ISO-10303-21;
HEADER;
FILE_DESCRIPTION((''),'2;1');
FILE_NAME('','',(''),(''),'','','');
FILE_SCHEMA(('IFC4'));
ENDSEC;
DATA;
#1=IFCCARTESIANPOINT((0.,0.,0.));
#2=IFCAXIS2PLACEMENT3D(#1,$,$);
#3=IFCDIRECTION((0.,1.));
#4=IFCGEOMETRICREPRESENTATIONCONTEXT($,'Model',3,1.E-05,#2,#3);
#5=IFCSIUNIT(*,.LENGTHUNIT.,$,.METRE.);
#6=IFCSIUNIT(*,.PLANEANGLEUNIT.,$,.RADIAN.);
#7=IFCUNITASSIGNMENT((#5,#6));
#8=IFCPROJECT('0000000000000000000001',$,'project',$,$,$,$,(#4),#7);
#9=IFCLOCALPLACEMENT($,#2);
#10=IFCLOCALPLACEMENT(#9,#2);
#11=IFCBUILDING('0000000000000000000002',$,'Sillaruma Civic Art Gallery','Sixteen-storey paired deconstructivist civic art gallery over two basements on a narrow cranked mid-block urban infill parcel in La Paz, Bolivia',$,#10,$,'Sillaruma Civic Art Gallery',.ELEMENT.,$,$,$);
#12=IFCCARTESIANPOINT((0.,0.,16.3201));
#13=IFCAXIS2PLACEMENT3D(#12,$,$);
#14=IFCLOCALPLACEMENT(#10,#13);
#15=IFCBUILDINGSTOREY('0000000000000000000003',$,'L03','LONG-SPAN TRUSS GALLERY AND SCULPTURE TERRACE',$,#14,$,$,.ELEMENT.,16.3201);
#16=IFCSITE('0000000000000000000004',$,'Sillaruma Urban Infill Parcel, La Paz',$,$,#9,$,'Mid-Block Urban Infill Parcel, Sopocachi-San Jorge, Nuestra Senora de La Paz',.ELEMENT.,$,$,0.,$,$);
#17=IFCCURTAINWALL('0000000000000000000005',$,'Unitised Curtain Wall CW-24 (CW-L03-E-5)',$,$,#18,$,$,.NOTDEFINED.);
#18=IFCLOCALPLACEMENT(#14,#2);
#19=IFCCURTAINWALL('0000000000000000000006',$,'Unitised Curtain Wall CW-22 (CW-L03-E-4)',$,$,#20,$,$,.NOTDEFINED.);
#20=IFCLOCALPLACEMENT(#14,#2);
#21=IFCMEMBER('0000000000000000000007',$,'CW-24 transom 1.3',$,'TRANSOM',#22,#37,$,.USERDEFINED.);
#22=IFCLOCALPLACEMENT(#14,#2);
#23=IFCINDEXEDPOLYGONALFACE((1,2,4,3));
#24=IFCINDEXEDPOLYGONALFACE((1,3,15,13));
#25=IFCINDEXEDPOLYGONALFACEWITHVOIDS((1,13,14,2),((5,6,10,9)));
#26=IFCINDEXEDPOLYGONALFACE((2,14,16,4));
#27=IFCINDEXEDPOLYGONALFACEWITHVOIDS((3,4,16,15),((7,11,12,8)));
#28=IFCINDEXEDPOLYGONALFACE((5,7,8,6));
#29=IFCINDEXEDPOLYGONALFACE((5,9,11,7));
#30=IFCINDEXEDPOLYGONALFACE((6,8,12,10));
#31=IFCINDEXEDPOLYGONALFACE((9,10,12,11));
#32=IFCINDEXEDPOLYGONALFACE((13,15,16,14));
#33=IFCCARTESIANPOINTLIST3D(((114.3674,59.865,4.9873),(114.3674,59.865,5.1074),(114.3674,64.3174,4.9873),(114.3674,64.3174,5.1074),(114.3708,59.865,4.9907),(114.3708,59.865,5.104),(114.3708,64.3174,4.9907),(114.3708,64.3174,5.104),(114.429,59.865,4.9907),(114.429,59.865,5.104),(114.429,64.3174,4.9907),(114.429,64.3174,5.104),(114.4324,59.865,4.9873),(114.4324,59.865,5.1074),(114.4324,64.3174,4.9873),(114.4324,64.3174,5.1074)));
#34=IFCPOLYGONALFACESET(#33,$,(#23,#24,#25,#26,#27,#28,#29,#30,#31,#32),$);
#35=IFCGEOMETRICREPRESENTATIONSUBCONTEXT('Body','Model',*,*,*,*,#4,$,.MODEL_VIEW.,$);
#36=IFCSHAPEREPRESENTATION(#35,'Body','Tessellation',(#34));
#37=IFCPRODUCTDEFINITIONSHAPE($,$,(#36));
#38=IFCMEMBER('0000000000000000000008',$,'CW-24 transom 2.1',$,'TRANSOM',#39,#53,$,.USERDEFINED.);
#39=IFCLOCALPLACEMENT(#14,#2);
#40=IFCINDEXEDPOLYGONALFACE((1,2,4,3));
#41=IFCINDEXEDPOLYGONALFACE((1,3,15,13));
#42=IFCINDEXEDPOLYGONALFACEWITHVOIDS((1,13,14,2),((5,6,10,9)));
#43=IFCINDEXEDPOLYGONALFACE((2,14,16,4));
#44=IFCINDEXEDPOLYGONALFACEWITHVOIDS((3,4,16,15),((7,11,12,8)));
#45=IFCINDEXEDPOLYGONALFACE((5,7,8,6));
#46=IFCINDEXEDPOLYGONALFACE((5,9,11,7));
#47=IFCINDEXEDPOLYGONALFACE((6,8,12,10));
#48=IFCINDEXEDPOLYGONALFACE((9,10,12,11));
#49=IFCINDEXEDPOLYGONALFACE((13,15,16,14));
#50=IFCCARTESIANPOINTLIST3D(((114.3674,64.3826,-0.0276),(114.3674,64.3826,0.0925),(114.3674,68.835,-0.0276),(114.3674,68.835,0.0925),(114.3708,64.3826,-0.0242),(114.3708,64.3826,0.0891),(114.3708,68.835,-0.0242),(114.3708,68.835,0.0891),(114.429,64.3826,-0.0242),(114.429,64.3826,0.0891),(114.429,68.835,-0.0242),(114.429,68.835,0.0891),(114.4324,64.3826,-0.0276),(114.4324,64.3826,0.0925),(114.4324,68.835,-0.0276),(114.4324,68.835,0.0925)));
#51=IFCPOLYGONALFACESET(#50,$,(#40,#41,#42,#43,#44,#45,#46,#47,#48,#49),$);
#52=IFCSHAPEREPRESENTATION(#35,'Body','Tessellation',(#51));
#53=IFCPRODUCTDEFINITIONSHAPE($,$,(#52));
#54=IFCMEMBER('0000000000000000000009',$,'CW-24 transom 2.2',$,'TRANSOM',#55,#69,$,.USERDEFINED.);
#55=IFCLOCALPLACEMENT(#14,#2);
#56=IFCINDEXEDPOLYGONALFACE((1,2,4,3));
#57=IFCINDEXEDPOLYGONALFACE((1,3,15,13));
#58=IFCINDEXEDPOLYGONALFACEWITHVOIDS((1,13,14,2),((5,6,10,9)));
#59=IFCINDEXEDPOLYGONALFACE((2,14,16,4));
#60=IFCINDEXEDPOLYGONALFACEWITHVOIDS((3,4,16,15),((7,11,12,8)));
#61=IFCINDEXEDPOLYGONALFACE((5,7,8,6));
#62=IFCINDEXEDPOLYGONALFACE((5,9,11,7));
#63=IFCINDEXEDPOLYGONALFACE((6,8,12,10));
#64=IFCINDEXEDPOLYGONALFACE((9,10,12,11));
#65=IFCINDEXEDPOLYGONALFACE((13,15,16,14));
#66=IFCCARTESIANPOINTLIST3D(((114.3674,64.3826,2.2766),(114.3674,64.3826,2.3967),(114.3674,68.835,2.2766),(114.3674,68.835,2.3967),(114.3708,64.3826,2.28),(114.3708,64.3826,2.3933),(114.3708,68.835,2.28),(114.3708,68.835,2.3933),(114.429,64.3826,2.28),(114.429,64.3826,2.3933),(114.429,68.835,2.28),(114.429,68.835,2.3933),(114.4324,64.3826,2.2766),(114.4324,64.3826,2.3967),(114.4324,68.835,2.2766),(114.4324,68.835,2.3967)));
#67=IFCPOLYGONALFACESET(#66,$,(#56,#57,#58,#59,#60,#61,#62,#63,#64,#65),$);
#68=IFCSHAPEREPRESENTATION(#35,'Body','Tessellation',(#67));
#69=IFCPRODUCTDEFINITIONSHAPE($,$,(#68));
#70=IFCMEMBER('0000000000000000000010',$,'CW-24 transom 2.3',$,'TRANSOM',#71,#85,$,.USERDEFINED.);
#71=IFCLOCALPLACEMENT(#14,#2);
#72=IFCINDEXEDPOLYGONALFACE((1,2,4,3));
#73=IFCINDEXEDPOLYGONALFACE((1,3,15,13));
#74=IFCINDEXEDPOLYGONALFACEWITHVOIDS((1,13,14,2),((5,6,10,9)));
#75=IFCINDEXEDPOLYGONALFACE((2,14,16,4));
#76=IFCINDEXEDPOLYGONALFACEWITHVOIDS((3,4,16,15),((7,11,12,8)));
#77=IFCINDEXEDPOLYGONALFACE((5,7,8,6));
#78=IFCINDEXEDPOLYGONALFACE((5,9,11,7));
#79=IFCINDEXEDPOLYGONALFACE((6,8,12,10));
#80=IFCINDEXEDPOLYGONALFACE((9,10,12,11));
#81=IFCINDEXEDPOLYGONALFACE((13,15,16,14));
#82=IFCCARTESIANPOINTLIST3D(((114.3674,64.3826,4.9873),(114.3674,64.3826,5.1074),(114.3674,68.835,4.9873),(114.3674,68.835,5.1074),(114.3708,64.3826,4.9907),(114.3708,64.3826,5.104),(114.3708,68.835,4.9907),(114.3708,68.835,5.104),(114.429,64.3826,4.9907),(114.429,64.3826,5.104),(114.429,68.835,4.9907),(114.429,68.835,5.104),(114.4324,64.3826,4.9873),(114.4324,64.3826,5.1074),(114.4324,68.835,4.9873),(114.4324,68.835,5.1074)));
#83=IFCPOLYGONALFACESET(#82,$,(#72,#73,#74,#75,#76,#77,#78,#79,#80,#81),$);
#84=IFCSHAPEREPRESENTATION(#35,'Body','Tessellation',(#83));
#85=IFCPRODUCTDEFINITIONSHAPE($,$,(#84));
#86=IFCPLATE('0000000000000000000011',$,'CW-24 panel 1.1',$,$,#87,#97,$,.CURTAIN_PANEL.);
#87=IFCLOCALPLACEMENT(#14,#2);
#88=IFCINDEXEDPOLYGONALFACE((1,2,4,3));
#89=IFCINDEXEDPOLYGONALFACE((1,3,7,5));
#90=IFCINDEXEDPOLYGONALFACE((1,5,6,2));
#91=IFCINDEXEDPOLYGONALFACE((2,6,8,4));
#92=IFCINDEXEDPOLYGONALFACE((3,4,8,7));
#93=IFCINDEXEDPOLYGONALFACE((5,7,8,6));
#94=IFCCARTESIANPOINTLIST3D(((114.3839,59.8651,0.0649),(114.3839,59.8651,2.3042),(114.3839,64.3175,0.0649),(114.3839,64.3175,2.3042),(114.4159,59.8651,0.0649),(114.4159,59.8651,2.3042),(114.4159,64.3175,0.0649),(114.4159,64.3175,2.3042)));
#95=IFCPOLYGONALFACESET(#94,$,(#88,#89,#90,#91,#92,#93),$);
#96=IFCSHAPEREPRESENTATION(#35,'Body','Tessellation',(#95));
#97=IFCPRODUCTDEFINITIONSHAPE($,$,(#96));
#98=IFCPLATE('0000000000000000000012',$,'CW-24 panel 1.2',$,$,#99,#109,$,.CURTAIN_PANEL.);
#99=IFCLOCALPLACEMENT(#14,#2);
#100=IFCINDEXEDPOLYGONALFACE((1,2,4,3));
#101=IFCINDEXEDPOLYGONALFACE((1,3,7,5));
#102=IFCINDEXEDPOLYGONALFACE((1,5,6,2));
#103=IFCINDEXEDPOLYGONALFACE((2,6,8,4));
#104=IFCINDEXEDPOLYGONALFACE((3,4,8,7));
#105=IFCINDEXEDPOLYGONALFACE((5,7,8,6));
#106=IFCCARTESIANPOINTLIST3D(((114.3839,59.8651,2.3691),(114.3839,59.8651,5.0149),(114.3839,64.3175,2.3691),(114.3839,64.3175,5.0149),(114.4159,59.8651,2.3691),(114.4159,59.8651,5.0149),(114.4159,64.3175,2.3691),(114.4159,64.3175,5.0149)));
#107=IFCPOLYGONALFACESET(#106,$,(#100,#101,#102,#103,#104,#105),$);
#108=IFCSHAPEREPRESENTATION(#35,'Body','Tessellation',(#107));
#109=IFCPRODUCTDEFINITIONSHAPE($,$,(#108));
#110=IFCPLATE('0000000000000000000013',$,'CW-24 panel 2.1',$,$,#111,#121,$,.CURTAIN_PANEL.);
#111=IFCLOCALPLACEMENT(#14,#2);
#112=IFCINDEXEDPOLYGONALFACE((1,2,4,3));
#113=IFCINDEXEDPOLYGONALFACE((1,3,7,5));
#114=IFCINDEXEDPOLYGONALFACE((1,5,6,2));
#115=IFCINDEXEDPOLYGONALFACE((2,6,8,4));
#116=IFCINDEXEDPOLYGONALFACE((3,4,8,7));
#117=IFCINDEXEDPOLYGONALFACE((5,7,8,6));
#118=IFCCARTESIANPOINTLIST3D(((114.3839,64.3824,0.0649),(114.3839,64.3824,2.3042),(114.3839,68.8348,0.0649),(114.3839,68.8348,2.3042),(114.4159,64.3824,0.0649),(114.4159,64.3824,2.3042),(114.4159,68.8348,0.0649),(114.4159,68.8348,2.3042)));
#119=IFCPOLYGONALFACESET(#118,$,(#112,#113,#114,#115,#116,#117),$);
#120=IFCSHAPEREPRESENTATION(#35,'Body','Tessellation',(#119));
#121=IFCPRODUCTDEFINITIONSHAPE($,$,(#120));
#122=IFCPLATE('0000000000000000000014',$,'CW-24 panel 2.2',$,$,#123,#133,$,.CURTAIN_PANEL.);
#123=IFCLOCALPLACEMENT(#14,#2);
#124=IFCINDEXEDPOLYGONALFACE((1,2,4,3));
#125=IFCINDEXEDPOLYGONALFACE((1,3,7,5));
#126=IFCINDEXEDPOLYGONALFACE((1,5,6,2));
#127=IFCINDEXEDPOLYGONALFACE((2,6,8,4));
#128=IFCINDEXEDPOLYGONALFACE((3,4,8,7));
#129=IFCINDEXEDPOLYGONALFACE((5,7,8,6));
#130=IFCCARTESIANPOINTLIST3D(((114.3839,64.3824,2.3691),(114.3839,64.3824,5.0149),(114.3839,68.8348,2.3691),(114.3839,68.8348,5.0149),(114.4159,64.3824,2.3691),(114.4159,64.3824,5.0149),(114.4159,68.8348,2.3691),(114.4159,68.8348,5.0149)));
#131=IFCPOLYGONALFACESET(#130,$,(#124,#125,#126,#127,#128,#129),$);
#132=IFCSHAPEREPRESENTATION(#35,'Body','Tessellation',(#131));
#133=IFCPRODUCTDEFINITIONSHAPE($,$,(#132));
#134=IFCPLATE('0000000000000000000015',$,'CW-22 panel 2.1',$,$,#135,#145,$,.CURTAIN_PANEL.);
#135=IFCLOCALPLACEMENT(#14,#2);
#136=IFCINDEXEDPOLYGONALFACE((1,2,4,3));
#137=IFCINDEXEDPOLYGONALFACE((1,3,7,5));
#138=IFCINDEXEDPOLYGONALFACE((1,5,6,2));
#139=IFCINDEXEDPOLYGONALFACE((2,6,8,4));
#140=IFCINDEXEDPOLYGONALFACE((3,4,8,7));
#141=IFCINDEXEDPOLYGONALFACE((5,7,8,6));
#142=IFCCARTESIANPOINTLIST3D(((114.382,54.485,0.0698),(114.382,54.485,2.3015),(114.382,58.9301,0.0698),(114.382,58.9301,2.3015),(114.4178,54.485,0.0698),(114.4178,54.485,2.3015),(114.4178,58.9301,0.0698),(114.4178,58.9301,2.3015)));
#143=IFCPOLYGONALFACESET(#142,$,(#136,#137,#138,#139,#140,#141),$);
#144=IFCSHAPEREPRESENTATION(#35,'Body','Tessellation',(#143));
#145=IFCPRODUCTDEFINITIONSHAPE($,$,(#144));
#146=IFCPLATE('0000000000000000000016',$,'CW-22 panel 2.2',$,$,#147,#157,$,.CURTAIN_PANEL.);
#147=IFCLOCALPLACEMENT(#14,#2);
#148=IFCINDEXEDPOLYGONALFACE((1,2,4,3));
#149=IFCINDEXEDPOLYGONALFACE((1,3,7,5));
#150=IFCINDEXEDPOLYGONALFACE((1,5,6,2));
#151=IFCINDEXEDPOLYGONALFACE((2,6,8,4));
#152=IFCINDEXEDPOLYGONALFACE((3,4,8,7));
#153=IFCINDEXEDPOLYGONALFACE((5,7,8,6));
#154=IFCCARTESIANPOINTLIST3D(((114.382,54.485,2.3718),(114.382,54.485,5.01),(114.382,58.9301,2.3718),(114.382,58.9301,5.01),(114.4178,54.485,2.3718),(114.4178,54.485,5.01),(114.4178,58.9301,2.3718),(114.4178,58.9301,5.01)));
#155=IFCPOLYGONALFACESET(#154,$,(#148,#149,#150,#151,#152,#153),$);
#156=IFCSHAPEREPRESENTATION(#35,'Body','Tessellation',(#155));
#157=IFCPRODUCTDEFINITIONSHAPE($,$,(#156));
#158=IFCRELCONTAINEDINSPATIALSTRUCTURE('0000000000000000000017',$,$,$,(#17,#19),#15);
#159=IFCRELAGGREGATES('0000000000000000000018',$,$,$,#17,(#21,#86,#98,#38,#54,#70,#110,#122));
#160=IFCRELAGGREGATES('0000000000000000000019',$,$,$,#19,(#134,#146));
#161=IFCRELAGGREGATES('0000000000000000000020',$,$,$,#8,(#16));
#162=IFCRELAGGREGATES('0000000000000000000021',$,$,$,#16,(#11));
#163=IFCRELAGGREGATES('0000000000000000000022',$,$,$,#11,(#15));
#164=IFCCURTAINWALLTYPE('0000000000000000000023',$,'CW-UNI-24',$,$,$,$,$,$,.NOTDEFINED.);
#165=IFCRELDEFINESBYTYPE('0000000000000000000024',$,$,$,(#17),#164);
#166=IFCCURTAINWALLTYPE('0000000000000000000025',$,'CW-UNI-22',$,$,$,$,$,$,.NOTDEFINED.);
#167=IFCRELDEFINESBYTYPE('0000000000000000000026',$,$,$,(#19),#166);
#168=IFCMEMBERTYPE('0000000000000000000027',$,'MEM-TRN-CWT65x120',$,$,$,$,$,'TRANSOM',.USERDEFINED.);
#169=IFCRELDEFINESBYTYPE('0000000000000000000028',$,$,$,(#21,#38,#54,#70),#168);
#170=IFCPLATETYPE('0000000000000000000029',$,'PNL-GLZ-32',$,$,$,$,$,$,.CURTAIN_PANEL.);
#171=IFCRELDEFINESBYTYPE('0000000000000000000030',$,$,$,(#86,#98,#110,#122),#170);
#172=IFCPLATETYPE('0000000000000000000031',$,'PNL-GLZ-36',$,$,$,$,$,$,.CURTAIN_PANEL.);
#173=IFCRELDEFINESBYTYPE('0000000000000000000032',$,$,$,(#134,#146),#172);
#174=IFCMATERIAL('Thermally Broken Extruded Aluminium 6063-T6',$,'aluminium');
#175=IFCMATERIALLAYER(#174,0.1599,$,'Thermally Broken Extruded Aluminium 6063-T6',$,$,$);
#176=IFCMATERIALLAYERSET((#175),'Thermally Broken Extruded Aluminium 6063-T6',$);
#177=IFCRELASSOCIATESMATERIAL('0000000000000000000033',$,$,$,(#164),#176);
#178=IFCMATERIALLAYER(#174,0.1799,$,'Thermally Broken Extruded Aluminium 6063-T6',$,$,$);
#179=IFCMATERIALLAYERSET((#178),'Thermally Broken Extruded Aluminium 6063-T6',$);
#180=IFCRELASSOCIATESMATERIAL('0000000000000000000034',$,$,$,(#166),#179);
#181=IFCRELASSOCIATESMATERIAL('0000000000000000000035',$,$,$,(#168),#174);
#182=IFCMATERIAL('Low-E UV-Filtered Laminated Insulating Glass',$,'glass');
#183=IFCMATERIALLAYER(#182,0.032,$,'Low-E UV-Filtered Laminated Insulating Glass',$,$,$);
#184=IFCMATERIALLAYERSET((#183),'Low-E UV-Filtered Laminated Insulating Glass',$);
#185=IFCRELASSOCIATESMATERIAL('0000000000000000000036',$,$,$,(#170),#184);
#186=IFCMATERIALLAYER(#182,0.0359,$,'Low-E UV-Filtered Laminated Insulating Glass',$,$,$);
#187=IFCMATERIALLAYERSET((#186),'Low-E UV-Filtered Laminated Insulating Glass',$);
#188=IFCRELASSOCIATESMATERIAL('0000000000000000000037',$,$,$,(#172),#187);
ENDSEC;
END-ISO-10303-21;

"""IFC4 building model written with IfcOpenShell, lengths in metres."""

from ifc_helpers import new_model, si_unit, direction, frame, origin, origin_2d, place, context, subcontext, project, spatial, rectangle, hollow_rectangle, extrude, material, layer, layer_set, material_profile, profile_set, type_object, element, aggregate, save


model = new_model("IFC4")

# Units and contexts
model_context = context("Model", 3, precision=1e-05, world=origin(), true_north=direction((0.0, 1.0)))
body_context = subcontext(model_context, "Body", "Model", "MODEL_VIEW")
ifc_project = project(units=[si_unit("LENGTHUNIT", "METRE"), si_unit("PLANEANGLEUNIT", "RADIAN")], contexts=[model_context])

# Site, building, storey
site_placement = place(None, origin())
site = spatial("IfcSite", under=ifc_project, at=site_placement, Name="Sillaruma Urban Infill Parcel, La Paz", LongName="Mid-Block Urban Infill Parcel, Sopocachi-San Jorge, Nuestra Senora de La Paz", CompositionType="ELEMENT", RefElevation=0.0)
building_placement = place(site_placement, origin())
building = spatial("IfcBuilding", under=site, at=building_placement, Name="Sillaruma Civic Art Gallery", Description="Sixteen-storey paired deconstructivist civic art gallery over two basements on a narrow cranked mid-block urban infill parcel in La Paz, Bolivia", LongName="Sillaruma Civic Art Gallery", CompositionType="ELEMENT")
storey_placement = place(building_placement, frame((0.0, 0.0, 16.3201)))
storey = spatial("IfcBuildingStorey", under=building, at=storey_placement, Name="L03", Description="LONG-SPAN TRUSS GALLERY AND SCULPTURE TERRACE", CompositionType="ELEMENT", Elevation=16.3201)

# Curtain wall
ifc_material_1 = material(Name="Thermally Broken Extruded Aluminium 6063-T6", Category="aluminium")
ifc_layer_1 = layer(ifc_material_1, 0.1599, Name="Thermally Broken Extruded Aluminium 6063-T6")
ifc_layer_set_1 = layer_set([ifc_layer_1], Name="Thermally Broken Extruded Aluminium 6063-T6")
curtain_wall_type_1 = type_object("IfcCurtainWallType", Name="CW-UNI-24", PredefinedType="NOTDEFINED", material=ifc_layer_set_1)
curtain_wall_1_placement = place(storey_placement, origin())
curtain_wall_1 = element("IfcCurtainWall", 1, at=curtain_wall_1_placement, inside=storey, type_object=curtain_wall_type_1, Name="Unitised Curtain Wall CW-24 (CW-L03-E-5)", PredefinedType="NOTDEFINED")

# Curtain wall
ifc_layer_2 = layer(ifc_material_1, 0.1799, Name="Thermally Broken Extruded Aluminium 6063-T6")
ifc_layer_set_2 = layer_set([ifc_layer_2], Name="Thermally Broken Extruded Aluminium 6063-T6")
curtain_wall_type_2 = type_object("IfcCurtainWallType", Name="CW-UNI-22", PredefinedType="NOTDEFINED", material=ifc_layer_set_2)
curtain_wall_2_placement = place(storey_placement, origin())
curtain_wall_2 = element("IfcCurtainWall", 2, at=curtain_wall_2_placement, inside=storey, type_object=curtain_wall_type_2, Name="Unitised Curtain Wall CW-22 (CW-L03-E-4)", PredefinedType="NOTDEFINED")

# Members
ifc_material_profile_1 = material_profile(ifc_material_1, hollow_rectangle(XDim=0.0649, YDim=0.1201, WallThickness=0.0034, at=origin_2d()), Name="CWT65x120")
ifc_profile_set_1 = profile_set([ifc_material_profile_1], Name="Thermally Broken Extruded Aluminium 6063-T6")
member_type_1 = type_object("IfcMemberType", Name="MEM-TRN-CWT65x120", ElementType="TRANSOM", PredefinedType="USERDEFINED", material=ifc_profile_set_1)
member_1_placement = place(storey_placement, frame((114.3999, 59.865, 5.0474), z_axis=(0.0, 1.0, 0.0), x_axis=(-1.0, 0.0, 0.0)))
member_1 = element("IfcMember", 3, at=member_1_placement, type_object=member_type_1, Name="CW-24 transom 1.3", ObjectType="TRANSOM", PredefinedType="USERDEFINED", context=body_context, shape_type="SweptSolid", body=[
    extrude(hollow_rectangle(XDim=0.0649, YDim=0.1201, WallThickness=0.0034, at=origin_2d()), origin(), (0.0, 0.0, 1.0), 4.4524),
])
member_2_placement = place(storey_placement, frame((114.3999, 64.3826, 0.0325), z_axis=(0.0, 1.0, 0.0), x_axis=(-1.0, 0.0, 0.0)))
member_2 = element("IfcMember", 4, at=member_2_placement, type_object=member_type_1, Name="CW-24 transom 2.1", ObjectType="TRANSOM", PredefinedType="USERDEFINED", context=body_context, shape_type="SweptSolid", body=[
    extrude(hollow_rectangle(XDim=0.0649, YDim=0.1201, WallThickness=0.0034, at=origin_2d()), origin(), (0.0, 0.0, 1.0), 4.4524),
])
member_3_placement = place(storey_placement, frame((114.3999, 64.3826, 2.3367), z_axis=(0.0, 1.0, 0.0), x_axis=(-1.0, 0.0, 0.0)))
member_3 = element("IfcMember", 5, at=member_3_placement, type_object=member_type_1, Name="CW-24 transom 2.2", ObjectType="TRANSOM", PredefinedType="USERDEFINED", context=body_context, shape_type="SweptSolid", body=[
    extrude(hollow_rectangle(XDim=0.0649, YDim=0.1201, WallThickness=0.0034, at=origin_2d()), origin(), (0.0, 0.0, 1.0), 4.4524),
])
member_4_placement = place(storey_placement, frame((114.3999, 64.3826, 5.0474), z_axis=(0.0, 1.0, 0.0), x_axis=(-1.0, 0.0, 0.0)))
member_4 = element("IfcMember", 6, at=member_4_placement, type_object=member_type_1, Name="CW-24 transom 2.3", ObjectType="TRANSOM", PredefinedType="USERDEFINED", context=body_context, shape_type="SweptSolid", body=[
    extrude(hollow_rectangle(XDim=0.0649, YDim=0.1201, WallThickness=0.0034, at=origin_2d()), origin(), (0.0, 0.0, 1.0), 4.4524),
])

# Plates
ifc_material_2 = material(Name="Low-E UV-Filtered Laminated Insulating Glass", Category="glass")
ifc_layer_3 = layer(ifc_material_2, 0.032, Name="Low-E UV-Filtered Laminated Insulating Glass")
ifc_layer_set_3 = layer_set([ifc_layer_3], Name="Low-E UV-Filtered Laminated Insulating Glass")
plate_type_1 = type_object("IfcPlateType", Name="PNL-GLZ-32", PredefinedType="CURTAIN_PANEL", material=ifc_layer_set_3)
plate_1_placement = place(storey_placement, frame((114.3999, 62.0913, 0.0649), z_axis=(0.0, 0.0, 1.0), x_axis=(0.0, 1.0, 0.0)))
plate_1 = element("IfcPlate", 7, at=plate_1_placement, type_object=plate_type_1, Name="CW-24 panel 1.1", PredefinedType="CURTAIN_PANEL", context=body_context, shape_type="SweptSolid", body=[
    extrude(rectangle(XDim=4.4524, YDim=0.032, at=origin_2d()), origin(), (0.0, 0.0, 1.0), 2.2393),
])
plate_2_placement = place(storey_placement, frame((114.3999, 62.0913, 2.3691), z_axis=(0.0, 0.0, 1.0), x_axis=(0.0, 1.0, 0.0)))
plate_2 = element("IfcPlate", 8, at=plate_2_placement, type_object=plate_type_1, Name="CW-24 panel 1.2", PredefinedType="CURTAIN_PANEL", context=body_context, shape_type="SweptSolid", body=[
    extrude(rectangle(XDim=4.4524, YDim=0.032, at=origin_2d()), origin(), (0.0, 0.0, 1.0), 2.6458),
])
plate_3_placement = place(storey_placement, frame((114.3999, 66.6086, 0.0649), z_axis=(0.0, 0.0, 1.0), x_axis=(0.0, 1.0, 0.0)))
plate_3 = element("IfcPlate", 9, at=plate_3_placement, type_object=plate_type_1, Name="CW-24 panel 2.1", PredefinedType="CURTAIN_PANEL", context=body_context, shape_type="SweptSolid", body=[
    extrude(rectangle(XDim=4.4524, YDim=0.032, at=origin_2d()), origin(), (0.0, 0.0, 1.0), 2.2393),
])
plate_4_placement = place(storey_placement, frame((114.3999, 66.6086, 2.3691), z_axis=(0.0, 0.0, 1.0), x_axis=(0.0, 1.0, 0.0)))
plate_4 = element("IfcPlate", 10, at=plate_4_placement, type_object=plate_type_1, Name="CW-24 panel 2.2", PredefinedType="CURTAIN_PANEL", context=body_context, shape_type="SweptSolid", body=[
    extrude(rectangle(XDim=4.4524, YDim=0.032, at=origin_2d()), origin(), (0.0, 0.0, 1.0), 2.6458),
])
aggregate(curtain_wall_1, [member_1, plate_1, plate_2, member_2, member_3, member_4, plate_3, plate_4])
ifc_layer_4 = layer(ifc_material_2, 0.0359, Name="Low-E UV-Filtered Laminated Insulating Glass")
ifc_layer_set_4 = layer_set([ifc_layer_4], Name="Low-E UV-Filtered Laminated Insulating Glass")
plate_type_2 = type_object("IfcPlateType", Name="PNL-GLZ-36", PredefinedType="CURTAIN_PANEL", material=ifc_layer_set_4)
plate_5_placement = place(storey_placement, frame((114.3999, 56.7075, 0.0698), z_axis=(0.0, 0.0, 1.0), x_axis=(0.0, 1.0, 0.0)))
plate_5 = element("IfcPlate", 11, at=plate_5_placement, type_object=plate_type_2, Name="CW-22 panel 2.1", PredefinedType="CURTAIN_PANEL", context=body_context, shape_type="SweptSolid", body=[
    extrude(rectangle(XDim=4.4451, YDim=0.0359, at=origin_2d()), origin(), (0.0, 0.0, 1.0), 2.2317),
])
plate_6_placement = place(storey_placement, frame((114.3999, 56.7075, 2.3718), z_axis=(0.0, 0.0, 1.0), x_axis=(0.0, 1.0, 0.0)))
plate_6 = element("IfcPlate", 12, at=plate_6_placement, type_object=plate_type_2, Name="CW-22 panel 2.2", PredefinedType="CURTAIN_PANEL", context=body_context, shape_type="SweptSolid", body=[
    extrude(rectangle(XDim=4.4451, YDim=0.0359, at=origin_2d()), origin(), (0.0, 0.0, 1.0), 2.6382),
])
aggregate(curtain_wall_2, [plate_5, plate_6])

save(model, "model.ifc")
